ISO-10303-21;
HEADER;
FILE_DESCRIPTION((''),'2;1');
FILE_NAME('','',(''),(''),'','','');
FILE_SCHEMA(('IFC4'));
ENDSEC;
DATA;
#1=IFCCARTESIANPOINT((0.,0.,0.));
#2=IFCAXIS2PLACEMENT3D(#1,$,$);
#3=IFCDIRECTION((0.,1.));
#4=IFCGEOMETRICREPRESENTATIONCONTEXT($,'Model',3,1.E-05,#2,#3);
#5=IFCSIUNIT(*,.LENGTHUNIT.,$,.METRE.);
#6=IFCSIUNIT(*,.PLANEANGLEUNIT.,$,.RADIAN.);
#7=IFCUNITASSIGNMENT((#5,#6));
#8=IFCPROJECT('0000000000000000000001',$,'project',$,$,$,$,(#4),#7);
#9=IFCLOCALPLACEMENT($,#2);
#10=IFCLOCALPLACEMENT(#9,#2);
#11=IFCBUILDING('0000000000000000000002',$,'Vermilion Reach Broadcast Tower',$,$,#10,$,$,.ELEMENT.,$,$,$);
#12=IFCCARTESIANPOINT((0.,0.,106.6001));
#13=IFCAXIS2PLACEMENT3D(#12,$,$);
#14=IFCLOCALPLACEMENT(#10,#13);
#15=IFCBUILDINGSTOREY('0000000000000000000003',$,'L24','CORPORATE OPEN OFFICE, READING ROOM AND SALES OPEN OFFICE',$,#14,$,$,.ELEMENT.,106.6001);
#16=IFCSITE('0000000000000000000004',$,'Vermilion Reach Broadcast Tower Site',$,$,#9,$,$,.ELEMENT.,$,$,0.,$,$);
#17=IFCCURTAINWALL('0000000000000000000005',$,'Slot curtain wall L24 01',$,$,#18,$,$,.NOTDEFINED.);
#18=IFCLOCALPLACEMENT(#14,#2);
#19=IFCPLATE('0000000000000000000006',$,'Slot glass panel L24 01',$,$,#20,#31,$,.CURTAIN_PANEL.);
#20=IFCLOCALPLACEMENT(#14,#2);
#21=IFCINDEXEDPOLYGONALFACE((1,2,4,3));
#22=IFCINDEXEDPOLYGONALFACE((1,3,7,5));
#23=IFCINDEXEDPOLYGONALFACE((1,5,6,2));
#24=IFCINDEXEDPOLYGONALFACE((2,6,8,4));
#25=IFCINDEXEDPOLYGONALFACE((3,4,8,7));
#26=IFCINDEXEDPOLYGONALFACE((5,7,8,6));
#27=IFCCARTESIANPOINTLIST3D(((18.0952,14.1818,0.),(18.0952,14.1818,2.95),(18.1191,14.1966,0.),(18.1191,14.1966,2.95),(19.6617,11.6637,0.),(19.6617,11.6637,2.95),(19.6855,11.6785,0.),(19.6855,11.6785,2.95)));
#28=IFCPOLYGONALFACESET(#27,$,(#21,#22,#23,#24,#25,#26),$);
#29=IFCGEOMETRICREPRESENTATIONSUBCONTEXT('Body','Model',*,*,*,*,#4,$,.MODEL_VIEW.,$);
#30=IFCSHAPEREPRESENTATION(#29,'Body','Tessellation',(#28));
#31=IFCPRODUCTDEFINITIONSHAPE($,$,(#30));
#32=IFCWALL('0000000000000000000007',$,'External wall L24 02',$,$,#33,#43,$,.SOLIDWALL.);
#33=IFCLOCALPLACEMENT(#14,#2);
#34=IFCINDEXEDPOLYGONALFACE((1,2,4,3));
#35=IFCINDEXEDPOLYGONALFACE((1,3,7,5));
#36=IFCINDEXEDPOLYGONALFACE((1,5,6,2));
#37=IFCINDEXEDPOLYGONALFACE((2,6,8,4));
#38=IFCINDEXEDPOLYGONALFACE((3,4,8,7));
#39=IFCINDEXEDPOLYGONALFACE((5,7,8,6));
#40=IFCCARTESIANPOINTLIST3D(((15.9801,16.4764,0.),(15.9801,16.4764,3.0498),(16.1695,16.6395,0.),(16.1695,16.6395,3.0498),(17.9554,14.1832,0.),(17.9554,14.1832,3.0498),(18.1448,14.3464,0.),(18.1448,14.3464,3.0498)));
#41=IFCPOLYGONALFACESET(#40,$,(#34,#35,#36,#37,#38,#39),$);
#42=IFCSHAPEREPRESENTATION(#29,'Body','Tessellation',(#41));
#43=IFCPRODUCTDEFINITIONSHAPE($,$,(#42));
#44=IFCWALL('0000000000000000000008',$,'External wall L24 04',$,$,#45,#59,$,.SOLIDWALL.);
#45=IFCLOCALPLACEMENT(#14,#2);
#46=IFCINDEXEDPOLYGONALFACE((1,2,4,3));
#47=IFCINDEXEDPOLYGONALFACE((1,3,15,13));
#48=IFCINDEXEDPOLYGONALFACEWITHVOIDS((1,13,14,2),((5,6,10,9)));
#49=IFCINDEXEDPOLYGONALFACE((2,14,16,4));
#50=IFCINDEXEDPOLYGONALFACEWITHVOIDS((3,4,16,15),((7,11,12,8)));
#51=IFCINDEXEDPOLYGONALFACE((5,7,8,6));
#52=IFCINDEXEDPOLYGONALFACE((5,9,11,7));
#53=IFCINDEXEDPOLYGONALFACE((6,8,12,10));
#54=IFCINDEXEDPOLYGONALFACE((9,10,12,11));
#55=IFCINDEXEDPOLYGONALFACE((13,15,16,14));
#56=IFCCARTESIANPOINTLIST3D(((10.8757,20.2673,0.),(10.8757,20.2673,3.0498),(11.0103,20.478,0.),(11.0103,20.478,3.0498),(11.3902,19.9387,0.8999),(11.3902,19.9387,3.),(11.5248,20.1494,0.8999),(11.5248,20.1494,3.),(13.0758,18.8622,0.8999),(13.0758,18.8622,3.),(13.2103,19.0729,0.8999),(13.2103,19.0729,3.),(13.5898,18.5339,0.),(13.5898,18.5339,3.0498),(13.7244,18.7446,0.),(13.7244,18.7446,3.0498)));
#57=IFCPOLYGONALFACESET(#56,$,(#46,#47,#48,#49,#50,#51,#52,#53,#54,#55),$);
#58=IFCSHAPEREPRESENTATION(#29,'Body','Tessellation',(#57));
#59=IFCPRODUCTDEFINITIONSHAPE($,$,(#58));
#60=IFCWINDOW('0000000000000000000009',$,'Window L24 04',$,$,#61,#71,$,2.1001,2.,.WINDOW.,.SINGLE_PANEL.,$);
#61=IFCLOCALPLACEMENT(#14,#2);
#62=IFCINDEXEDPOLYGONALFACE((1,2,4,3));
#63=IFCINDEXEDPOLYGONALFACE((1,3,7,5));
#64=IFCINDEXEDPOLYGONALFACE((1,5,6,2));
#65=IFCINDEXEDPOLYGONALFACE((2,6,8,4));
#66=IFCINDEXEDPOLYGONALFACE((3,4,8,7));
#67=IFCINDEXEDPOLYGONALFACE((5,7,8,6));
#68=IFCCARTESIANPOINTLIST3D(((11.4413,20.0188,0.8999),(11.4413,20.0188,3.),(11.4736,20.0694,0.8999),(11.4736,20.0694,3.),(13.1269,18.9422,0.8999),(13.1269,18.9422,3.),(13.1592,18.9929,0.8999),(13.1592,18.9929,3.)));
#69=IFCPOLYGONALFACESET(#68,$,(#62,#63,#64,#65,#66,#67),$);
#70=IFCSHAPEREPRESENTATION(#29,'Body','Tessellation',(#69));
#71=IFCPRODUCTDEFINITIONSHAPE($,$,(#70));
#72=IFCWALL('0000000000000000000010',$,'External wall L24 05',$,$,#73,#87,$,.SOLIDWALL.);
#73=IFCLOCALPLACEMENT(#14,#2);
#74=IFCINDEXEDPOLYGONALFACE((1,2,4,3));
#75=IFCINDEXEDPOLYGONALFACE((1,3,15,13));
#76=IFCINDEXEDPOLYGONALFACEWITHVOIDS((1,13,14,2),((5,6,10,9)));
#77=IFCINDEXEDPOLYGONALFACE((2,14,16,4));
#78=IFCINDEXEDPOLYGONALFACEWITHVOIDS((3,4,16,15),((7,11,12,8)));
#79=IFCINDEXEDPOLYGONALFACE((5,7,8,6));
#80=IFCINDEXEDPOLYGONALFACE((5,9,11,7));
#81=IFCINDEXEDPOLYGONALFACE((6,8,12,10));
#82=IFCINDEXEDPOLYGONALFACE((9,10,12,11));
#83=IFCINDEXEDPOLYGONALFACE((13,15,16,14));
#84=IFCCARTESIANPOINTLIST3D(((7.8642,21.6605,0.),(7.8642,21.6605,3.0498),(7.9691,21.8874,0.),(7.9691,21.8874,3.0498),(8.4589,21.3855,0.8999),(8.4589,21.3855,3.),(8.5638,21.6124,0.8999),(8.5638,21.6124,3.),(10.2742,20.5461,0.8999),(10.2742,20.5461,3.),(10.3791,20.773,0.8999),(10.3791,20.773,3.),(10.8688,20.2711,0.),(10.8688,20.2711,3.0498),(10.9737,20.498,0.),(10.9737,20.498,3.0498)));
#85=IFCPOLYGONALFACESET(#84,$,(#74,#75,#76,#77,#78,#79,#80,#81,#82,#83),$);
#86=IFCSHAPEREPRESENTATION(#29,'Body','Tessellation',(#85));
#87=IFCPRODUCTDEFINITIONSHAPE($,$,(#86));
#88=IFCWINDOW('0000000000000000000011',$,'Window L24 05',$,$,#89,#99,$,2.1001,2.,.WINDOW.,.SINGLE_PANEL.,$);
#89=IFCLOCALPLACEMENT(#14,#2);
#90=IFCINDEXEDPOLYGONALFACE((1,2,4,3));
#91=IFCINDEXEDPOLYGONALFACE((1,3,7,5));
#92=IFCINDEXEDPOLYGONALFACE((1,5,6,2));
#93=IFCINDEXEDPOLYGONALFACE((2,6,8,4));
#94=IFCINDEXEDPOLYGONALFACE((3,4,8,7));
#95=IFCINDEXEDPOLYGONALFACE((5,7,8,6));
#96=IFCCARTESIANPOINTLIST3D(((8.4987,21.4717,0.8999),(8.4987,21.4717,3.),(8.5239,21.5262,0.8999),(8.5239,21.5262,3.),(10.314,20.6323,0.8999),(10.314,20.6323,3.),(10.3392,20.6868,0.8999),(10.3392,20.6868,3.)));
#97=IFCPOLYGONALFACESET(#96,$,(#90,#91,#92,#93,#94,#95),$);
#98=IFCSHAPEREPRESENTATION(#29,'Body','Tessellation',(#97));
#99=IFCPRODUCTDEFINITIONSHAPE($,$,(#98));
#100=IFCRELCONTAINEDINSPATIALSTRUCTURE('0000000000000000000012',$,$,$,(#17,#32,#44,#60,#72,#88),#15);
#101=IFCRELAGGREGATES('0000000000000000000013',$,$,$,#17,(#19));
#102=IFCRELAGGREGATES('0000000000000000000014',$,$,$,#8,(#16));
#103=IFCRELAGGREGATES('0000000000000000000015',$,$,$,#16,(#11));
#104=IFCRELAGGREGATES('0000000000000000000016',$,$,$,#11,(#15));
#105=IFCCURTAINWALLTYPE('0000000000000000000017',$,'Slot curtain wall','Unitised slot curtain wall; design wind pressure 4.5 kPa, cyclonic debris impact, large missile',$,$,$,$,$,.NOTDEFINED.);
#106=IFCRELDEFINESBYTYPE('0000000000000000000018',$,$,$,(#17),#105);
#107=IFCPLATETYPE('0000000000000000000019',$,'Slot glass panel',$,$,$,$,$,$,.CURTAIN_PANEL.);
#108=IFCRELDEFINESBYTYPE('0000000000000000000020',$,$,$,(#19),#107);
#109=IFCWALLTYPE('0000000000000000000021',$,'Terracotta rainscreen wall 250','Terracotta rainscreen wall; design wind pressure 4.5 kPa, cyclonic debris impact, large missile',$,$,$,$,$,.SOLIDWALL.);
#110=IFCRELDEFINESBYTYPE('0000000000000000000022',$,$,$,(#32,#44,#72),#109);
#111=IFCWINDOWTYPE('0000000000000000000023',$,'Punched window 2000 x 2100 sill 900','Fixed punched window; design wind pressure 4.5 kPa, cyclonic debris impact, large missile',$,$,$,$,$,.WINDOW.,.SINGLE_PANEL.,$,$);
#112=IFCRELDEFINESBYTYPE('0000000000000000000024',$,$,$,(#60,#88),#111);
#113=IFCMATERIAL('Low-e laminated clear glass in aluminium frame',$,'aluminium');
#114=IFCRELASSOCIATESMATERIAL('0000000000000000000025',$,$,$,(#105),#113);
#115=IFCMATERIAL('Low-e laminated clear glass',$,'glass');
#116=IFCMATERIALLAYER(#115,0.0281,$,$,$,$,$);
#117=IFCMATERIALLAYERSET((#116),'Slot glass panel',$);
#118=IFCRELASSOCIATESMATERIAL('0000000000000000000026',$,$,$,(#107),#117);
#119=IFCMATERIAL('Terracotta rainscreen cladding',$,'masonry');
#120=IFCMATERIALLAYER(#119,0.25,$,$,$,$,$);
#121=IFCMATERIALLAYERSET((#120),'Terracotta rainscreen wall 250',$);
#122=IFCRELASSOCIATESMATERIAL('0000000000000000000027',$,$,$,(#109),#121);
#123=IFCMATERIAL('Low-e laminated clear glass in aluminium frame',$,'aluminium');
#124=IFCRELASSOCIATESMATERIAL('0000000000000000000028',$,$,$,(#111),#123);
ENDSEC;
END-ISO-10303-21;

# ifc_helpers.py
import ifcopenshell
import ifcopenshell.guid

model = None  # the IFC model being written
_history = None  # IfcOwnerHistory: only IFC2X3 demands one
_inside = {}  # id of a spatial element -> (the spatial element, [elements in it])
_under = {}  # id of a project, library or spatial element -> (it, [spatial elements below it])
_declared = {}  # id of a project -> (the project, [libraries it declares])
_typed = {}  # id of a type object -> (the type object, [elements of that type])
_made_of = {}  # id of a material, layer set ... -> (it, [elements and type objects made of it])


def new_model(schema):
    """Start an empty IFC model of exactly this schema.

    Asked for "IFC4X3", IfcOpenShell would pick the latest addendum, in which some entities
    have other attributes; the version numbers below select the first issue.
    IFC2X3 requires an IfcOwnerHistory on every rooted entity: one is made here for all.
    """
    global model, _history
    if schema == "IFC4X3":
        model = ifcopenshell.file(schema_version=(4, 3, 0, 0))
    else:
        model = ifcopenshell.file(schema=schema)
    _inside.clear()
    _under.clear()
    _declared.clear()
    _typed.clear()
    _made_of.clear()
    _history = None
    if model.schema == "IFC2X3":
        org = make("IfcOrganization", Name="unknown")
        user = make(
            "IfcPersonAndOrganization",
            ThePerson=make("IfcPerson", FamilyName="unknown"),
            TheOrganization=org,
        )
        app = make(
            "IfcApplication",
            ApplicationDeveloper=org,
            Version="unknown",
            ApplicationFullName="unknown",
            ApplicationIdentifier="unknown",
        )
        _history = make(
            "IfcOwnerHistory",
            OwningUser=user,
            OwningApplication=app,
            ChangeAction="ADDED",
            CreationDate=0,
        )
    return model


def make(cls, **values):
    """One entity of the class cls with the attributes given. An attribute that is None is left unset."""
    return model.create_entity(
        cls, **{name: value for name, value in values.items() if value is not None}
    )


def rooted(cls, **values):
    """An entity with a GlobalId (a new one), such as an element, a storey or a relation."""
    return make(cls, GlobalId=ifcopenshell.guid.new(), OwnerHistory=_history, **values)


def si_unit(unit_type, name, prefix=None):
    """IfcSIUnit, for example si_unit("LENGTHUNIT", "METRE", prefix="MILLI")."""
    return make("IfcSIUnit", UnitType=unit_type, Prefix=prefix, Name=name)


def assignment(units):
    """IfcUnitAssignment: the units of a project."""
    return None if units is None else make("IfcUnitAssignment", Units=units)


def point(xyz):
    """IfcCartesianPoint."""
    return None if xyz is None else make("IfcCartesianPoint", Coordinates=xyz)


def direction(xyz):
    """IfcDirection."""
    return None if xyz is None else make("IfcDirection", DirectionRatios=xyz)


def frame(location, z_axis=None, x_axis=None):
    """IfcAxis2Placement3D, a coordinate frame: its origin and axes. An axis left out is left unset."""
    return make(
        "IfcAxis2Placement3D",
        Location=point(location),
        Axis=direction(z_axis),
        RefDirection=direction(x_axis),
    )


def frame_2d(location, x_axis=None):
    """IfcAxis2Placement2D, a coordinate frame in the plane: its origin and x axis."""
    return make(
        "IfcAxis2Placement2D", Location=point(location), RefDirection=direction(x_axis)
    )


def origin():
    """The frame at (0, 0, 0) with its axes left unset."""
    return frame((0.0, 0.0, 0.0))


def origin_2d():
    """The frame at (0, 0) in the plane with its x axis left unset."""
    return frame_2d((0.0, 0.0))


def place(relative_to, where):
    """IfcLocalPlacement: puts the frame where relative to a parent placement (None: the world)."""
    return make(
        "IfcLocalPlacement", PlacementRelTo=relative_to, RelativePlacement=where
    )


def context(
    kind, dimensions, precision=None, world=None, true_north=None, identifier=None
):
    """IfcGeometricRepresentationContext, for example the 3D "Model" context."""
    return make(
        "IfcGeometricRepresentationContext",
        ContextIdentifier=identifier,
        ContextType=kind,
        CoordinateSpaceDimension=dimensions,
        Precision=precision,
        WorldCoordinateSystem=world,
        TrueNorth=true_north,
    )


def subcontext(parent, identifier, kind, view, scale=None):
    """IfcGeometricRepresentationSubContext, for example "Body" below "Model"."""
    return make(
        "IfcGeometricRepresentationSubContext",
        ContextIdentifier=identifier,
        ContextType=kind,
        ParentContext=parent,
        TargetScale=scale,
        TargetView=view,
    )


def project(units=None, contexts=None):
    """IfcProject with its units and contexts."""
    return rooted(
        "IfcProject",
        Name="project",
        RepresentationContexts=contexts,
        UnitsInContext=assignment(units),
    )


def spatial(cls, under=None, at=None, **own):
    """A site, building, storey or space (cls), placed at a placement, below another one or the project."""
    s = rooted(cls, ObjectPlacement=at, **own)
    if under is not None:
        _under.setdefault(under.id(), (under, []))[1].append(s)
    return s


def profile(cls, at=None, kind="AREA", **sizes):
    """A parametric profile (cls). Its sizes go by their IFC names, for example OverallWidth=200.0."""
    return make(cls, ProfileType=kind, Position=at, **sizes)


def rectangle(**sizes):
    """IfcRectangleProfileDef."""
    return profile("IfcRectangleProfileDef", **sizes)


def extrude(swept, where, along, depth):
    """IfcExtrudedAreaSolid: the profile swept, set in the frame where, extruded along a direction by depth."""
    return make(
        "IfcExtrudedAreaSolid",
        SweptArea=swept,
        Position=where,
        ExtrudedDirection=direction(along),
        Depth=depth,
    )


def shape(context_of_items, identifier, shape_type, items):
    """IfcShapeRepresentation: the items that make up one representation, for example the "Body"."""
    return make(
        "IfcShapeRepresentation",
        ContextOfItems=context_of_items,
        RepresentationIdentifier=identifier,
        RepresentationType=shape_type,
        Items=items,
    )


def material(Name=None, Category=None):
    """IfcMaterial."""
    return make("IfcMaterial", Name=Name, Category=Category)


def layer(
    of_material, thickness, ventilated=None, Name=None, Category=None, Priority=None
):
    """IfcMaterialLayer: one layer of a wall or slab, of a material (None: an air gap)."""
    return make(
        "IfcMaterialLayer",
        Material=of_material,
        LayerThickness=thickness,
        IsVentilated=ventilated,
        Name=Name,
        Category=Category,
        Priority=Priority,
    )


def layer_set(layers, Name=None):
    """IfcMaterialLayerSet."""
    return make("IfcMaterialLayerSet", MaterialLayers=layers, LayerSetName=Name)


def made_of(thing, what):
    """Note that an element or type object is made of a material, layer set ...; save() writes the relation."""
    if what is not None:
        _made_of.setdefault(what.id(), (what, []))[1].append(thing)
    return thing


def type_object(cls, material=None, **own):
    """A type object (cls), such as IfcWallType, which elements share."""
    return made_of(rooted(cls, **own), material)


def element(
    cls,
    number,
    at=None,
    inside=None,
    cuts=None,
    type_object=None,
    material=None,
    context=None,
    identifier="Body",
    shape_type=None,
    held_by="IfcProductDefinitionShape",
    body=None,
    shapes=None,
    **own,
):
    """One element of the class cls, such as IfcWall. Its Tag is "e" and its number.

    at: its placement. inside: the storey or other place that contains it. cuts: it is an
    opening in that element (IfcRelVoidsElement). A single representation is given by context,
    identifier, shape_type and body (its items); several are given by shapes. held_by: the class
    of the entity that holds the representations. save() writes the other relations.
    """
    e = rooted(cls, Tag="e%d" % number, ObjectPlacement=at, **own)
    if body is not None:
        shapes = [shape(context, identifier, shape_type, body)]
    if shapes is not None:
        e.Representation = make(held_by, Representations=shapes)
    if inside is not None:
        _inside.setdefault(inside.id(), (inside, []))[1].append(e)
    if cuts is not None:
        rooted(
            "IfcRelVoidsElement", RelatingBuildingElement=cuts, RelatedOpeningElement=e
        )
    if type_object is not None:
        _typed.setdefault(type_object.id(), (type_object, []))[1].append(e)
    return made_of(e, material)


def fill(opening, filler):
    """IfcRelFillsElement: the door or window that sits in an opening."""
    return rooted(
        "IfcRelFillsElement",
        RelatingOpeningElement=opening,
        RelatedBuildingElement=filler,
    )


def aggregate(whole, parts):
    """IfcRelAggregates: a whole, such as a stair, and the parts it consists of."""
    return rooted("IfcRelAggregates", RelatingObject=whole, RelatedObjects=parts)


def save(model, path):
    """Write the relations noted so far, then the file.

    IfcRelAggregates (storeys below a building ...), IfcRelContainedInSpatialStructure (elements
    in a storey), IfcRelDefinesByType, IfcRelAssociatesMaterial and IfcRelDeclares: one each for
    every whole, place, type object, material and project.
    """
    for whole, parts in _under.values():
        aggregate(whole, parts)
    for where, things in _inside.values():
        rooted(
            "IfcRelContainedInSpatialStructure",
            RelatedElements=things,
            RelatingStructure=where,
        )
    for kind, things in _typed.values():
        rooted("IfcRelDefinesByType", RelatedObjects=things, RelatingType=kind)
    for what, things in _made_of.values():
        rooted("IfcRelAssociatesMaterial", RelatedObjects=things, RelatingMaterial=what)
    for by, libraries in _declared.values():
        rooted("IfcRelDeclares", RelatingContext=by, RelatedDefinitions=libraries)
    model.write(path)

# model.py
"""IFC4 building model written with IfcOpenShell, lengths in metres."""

from ifc_helpers import new_model, si_unit, direction, frame, frame_2d, origin, origin_2d, place, context, subcontext, project, spatial, rectangle, extrude, material, layer, layer_set, type_object, element, fill, aggregate, save


model = new_model("IFC4")

# Units and contexts
model_context = context("Model", 3, precision=1e-05, world=origin(), true_north=direction((0.0, 1.0)))
body_context = subcontext(model_context, "Body", "Model", "MODEL_VIEW")
ifc_project = project(units=[si_unit("LENGTHUNIT", "METRE"), si_unit("PLANEANGLEUNIT", "RADIAN")], contexts=[model_context])

# Site, building, storey
site_placement = place(None, origin())
site = spatial("IfcSite", under=ifc_project, at=site_placement, Name="Vermilion Reach Broadcast Tower Site", CompositionType="ELEMENT", RefElevation=0.0)
building_placement = place(site_placement, origin())
building = spatial("IfcBuilding", under=site, at=building_placement, Name="Vermilion Reach Broadcast Tower", CompositionType="ELEMENT")
storey_placement = place(building_placement, frame((0.0, 0.0, 106.6001)))
storey = spatial("IfcBuildingStorey", under=building, at=storey_placement, Name="L24", Description="CORPORATE OPEN OFFICE, READING ROOM AND SALES OPEN OFFICE", CompositionType="ELEMENT", Elevation=106.6001)

# Curtain wall, plate
ifc_material_1 = material(Name="Low-e laminated clear glass in aluminium frame", Category="aluminium")
curtain_wall_type = type_object("IfcCurtainWallType", Name="Slot curtain wall", Description="Unitised slot curtain wall; design wind pressure 4.5 kPa, cyclonic debris impact, large missile", PredefinedType="NOTDEFINED", material=ifc_material_1)
curtain_wall_placement = place(storey_placement, origin())
curtain_wall = element("IfcCurtainWall", 1, at=curtain_wall_placement, inside=storey, type_object=curtain_wall_type, Name="Slot curtain wall L24 01", PredefinedType="NOTDEFINED")
ifc_material_2 = material(Name="Low-e laminated clear glass", Category="glass")
ifc_layer_1 = layer(ifc_material_2, 0.0281)
ifc_layer_set_1 = layer_set([ifc_layer_1], Name="Slot glass panel")
plate_type = type_object("IfcPlateType", Name="Slot glass panel", PredefinedType="CURTAIN_PANEL", material=ifc_layer_set_1)
plate_placement = place(storey_placement, frame((18.8904, 12.9302, 0.0), z_axis=(0.0, 0.0, 1.0), x_axis=(-0.528209, 0.849114, 0.0)))
plate = element("IfcPlate", 2, at=plate_placement, type_object=plate_type, Name="Slot glass panel L24 01", PredefinedType="CURTAIN_PANEL", context=body_context, shape_type="SweptSolid", body=[
    extrude(rectangle(XDim=2.9656, YDim=0.0281, at=origin_2d()), origin(), (0.0, 0.0, 1.0), 2.95),
])
aggregate(curtain_wall, [plate])

# Wall
ifc_material_3 = material(Name="Terracotta rainscreen cladding", Category="masonry")
ifc_layer_2 = layer(ifc_material_3, 0.25)
ifc_layer_set_2 = layer_set([ifc_layer_2], Name="Terracotta rainscreen wall 250")
wall_type = type_object("IfcWallType", Name="Terracotta rainscreen wall 250", Description="Terracotta rainscreen wall; design wind pressure 4.5 kPa, cyclonic debris impact, large missile", PredefinedType="SOLIDWALL", material=ifc_layer_set_2)
wall_1_placement = place(storey_placement, frame((18.05, 14.2649, 0.0), z_axis=(0.0, 0.0, 1.0), x_axis=(-0.652643, 0.757666, 0.0)))
element("IfcWall", 3, at=wall_1_placement, inside=storey, type_object=wall_type, Name="External wall L24 02", PredefinedType="SOLIDWALL", context=body_context, shape_type="SweptSolid", body=[
    extrude(rectangle(XDim=3.0266, YDim=0.25, at=frame_2d((1.5132, 0.0))), origin(), (0.0, 0.0, 1.0), 3.0498),
])

# Walls, openings, windows
wall_2_placement = place(storey_placement, frame((13.6572, 18.6392, 0.0), z_axis=(0.0, 0.0, 1.0), x_axis=(-0.842783, 0.538253, 0.0)))
wall_2 = element("IfcWall", 4, at=wall_2_placement, inside=storey, type_object=wall_type, Name="External wall L24 04", PredefinedType="SOLIDWALL", context=body_context, shape_type="SweptSolid", body=[
    extrude(rectangle(XDim=3.2205, YDim=0.25, at=frame_2d((1.6104, 0.0))), origin(), (0.0, 0.0, 1.0), 3.0498),
])
opening_1_placement = place(wall_2_placement, frame((0.6101, 0.0, 0.8999)))
opening_1 = element("IfcOpeningElement", 5, at=opening_1_placement, cuts=wall_2, PredefinedType="OPENING", context=body_context, shape_type="SweptSolid", body=[
    extrude(rectangle(XDim=2.0, YDim=2.1001, at=frame_2d((1.0, 1.05))), frame((0.0, 0.135, 0.0), z_axis=(0.0, -1.0, 0.0), x_axis=(1.0, 0.0, 0.0)), (0.0, 0.0, 1.0), 0.27),
])
ifc_material_4 = material(Name="Low-e laminated clear glass in aluminium frame", Category="aluminium")
window_type = type_object("IfcWindowType", Name="Punched window 2000 x 2100 sill 900", Description="Fixed punched window; design wind pressure 4.5 kPa, cyclonic debris impact, large missile", PartitioningType="SINGLE_PANEL", PredefinedType="WINDOW", material=ifc_material_4)
window_1_placement = place(opening_1_placement, origin())
window_1 = element("IfcWindow", 6, at=window_1_placement, inside=storey, type_object=window_type, Name="Window L24 04", OverallHeight=2.1001, OverallWidth=2.0, PartitioningType="SINGLE_PANEL", PredefinedType="WINDOW", context=body_context, shape_type="SweptSolid", body=[
    extrude(rectangle(XDim=2.0, YDim=2.1001, at=frame_2d((1.0, 1.05))), frame((0.0, 0.03, 0.0), z_axis=(0.0, -1.0, 0.0), x_axis=(1.0, 0.0, 0.0)), (0.0, 0.0, 1.0), 0.0601),
])
fill(opening_1, window_1)
wall_3_placement = place(storey_placement, frame((10.9214, 20.3845, 0.0), z_axis=(0.0, 0.0, 1.0), x_axis=(-0.907655, 0.419718, 0.0)))
wall_3 = element("IfcWall", 7, at=wall_3_placement, inside=storey, type_object=wall_type, Name="External wall L24 05", PredefinedType="SOLIDWALL", context=body_context, shape_type="SweptSolid", body=[
    extrude(rectangle(XDim=3.3103, YDim=0.25, at=frame_2d((1.6553, 0.0))), origin(), (0.0, 0.0, 1.0), 3.0498),
])
opening_2_placement = place(wall_3_placement, frame((0.6553, 0.0, 0.8999)))
opening_2 = element("IfcOpeningElement", 8, at=opening_2_placement, cuts=wall_3, PredefinedType="OPENING", context=body_context, shape_type="SweptSolid", body=[
    extrude(rectangle(XDim=2.0, YDim=2.1001, at=frame_2d((1.0, 1.05))), frame((0.0, 0.135, 0.0), z_axis=(0.0, -1.0, 0.0), x_axis=(1.0, 0.0, 0.0)), (0.0, 0.0, 1.0), 0.27),
])
window_2_placement = place(opening_2_placement, origin())
window_2 = element("IfcWindow", 9, at=window_2_placement, inside=storey, type_object=window_type, Name="Window L24 05", OverallHeight=2.1001, OverallWidth=2.0, PartitioningType="SINGLE_PANEL", PredefinedType="WINDOW", context=body_context, shape_type="SweptSolid", body=[
    extrude(rectangle(XDim=2.0, YDim=2.1001, at=frame_2d((1.0, 1.05))), frame((0.0, 0.03, 0.0), z_axis=(0.0, -1.0, 0.0), x_axis=(1.0, 0.0, 0.0)), (0.0, 0.0, 1.0), 0.0601),
])
fill(opening_2, window_2)

save(model, "model.ifc")
